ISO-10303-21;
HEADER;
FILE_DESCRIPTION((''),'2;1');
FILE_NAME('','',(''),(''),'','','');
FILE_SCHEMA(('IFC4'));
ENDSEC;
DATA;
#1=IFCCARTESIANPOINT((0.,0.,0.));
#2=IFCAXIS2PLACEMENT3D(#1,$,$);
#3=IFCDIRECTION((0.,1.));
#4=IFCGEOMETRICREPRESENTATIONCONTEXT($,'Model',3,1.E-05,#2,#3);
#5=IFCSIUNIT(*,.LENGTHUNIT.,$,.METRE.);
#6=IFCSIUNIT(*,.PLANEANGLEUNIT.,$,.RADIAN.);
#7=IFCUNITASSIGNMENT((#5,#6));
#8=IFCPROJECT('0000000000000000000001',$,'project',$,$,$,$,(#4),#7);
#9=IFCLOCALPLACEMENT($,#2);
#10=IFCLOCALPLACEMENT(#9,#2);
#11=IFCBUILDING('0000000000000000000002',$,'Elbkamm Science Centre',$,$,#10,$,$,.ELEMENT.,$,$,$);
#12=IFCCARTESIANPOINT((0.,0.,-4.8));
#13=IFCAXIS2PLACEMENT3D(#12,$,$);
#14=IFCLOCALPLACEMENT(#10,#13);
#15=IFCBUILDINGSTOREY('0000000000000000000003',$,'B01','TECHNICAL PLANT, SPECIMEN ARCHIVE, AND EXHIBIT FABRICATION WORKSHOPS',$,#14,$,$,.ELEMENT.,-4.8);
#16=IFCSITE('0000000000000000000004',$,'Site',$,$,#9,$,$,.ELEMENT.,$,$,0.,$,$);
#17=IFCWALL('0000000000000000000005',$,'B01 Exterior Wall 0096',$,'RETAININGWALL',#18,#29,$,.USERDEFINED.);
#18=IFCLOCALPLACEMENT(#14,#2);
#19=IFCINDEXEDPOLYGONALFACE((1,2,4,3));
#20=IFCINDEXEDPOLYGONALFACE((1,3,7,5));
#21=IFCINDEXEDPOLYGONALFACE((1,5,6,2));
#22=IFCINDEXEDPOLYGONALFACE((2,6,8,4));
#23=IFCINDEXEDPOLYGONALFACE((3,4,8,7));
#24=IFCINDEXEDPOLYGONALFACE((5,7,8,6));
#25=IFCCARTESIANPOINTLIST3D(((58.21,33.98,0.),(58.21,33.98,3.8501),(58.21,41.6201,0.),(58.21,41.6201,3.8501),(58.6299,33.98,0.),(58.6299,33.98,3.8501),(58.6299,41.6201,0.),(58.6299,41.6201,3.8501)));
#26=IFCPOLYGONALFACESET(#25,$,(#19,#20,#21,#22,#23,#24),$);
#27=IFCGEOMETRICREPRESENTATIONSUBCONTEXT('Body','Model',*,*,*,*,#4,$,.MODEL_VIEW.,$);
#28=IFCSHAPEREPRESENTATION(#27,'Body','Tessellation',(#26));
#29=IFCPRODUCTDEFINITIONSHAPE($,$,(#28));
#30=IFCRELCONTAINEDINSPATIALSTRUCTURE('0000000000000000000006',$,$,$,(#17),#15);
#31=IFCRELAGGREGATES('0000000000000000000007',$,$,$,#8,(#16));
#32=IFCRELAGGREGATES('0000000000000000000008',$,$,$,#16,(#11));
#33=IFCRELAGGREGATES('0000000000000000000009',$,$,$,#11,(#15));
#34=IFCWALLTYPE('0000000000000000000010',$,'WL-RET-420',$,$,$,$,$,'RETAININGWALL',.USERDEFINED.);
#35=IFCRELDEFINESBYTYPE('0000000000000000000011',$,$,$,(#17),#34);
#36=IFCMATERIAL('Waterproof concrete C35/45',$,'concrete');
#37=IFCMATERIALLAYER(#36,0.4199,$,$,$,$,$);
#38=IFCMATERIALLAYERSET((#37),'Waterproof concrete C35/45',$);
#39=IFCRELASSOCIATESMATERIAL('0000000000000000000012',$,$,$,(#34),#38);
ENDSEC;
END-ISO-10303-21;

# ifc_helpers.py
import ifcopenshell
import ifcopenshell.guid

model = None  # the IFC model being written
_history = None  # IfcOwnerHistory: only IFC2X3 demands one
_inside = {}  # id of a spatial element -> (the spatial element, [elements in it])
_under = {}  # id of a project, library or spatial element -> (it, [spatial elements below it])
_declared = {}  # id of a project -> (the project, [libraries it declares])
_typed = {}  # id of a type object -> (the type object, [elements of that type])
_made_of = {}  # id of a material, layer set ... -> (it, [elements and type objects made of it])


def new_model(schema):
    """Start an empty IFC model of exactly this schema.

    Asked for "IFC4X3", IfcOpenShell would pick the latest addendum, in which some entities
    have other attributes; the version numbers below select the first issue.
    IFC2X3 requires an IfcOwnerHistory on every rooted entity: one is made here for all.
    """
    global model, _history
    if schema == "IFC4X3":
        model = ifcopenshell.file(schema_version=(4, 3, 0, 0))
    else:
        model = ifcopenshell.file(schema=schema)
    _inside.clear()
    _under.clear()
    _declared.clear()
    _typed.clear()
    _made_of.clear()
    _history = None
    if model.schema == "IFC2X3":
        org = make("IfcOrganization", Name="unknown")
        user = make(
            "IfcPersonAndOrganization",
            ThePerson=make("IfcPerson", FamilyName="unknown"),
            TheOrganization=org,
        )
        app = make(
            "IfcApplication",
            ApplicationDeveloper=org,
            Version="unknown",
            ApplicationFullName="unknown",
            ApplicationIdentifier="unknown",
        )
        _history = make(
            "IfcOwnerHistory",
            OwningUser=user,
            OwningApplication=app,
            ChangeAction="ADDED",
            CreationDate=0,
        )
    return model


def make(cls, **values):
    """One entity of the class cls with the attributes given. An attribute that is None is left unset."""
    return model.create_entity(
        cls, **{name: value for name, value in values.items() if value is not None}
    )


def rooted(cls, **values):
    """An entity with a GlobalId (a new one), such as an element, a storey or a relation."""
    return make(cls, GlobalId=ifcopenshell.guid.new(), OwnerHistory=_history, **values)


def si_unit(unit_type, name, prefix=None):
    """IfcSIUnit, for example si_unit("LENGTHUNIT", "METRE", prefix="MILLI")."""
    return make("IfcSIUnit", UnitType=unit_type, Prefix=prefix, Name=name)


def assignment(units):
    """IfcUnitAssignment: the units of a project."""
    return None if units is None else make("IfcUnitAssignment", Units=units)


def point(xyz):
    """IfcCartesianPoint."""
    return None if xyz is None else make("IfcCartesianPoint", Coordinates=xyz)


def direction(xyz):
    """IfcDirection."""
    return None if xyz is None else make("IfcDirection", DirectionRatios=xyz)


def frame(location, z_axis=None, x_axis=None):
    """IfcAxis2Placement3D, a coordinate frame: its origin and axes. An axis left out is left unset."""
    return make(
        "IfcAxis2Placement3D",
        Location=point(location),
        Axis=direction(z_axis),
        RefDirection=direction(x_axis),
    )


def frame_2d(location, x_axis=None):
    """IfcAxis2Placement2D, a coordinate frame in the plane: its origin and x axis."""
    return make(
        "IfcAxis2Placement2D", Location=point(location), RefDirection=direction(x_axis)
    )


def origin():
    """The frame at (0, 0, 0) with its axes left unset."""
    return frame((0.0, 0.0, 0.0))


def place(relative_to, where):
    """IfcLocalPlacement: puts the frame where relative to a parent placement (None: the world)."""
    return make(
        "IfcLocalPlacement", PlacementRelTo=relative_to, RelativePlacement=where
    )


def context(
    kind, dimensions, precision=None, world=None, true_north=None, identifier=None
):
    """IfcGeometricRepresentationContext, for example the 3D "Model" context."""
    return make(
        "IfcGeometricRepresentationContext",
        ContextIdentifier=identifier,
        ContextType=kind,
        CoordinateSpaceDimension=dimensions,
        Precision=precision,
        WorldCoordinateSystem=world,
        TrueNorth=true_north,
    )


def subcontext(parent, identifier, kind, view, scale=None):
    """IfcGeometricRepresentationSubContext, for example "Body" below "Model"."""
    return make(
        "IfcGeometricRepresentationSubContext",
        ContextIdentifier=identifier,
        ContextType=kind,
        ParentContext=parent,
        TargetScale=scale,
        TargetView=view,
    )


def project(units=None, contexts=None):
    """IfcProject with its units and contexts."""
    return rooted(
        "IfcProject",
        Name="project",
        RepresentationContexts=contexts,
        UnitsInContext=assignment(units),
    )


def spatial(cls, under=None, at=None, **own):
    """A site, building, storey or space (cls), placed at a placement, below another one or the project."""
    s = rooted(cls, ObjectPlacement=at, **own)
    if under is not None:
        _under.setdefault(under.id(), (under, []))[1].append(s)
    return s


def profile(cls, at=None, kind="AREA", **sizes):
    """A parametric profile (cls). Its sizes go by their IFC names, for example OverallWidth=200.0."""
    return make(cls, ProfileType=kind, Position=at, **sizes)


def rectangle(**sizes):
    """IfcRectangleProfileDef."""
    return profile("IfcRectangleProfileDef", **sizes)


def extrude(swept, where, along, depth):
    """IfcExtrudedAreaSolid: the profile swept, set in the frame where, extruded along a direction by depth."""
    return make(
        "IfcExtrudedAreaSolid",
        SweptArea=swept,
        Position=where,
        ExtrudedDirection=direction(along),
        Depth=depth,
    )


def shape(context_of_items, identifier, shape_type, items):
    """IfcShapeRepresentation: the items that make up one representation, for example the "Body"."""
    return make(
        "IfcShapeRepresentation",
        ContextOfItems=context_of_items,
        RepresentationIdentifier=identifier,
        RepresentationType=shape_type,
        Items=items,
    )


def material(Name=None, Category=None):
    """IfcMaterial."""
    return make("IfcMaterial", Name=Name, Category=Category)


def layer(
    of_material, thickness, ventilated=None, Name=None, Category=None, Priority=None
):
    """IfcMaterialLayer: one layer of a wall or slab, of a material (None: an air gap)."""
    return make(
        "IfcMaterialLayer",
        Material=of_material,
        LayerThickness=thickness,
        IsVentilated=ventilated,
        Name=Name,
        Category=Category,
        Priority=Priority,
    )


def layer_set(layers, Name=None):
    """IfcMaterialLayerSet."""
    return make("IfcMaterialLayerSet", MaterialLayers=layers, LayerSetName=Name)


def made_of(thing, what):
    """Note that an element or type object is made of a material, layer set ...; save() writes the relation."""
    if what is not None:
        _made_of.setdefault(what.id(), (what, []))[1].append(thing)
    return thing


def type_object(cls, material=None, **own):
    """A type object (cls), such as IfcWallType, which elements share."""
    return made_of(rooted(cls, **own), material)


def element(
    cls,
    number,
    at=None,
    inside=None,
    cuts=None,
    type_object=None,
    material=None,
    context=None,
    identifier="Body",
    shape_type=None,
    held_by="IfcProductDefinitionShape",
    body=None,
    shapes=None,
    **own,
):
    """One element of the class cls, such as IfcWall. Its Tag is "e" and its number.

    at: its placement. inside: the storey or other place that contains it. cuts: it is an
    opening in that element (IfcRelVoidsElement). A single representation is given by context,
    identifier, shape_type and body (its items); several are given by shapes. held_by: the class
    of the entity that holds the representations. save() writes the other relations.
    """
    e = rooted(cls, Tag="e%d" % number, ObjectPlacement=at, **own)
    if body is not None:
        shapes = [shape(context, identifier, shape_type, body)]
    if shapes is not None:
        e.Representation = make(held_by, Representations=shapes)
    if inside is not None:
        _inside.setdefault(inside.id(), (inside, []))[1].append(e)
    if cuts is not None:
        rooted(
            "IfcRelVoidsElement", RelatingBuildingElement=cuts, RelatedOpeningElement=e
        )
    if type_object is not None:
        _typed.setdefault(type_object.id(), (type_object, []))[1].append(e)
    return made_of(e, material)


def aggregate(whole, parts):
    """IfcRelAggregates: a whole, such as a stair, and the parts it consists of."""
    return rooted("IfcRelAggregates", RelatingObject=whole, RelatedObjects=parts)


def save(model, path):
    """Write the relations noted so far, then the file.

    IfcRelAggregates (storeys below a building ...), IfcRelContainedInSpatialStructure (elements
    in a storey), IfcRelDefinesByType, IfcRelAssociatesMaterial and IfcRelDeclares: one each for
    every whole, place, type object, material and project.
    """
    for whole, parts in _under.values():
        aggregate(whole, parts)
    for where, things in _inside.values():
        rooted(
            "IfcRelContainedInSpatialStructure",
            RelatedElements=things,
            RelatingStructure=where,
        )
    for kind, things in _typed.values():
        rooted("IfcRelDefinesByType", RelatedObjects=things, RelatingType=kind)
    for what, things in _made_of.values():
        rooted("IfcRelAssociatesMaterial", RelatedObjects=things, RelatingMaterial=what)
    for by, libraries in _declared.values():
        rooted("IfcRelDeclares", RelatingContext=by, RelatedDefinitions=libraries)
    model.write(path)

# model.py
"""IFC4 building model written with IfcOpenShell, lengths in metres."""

from ifc_helpers import new_model, si_unit, direction, frame, frame_2d, origin, place, context, subcontext, project, spatial, rectangle, extrude, material, layer, layer_set, type_object, element, save


model = new_model("IFC4")

# Units and contexts
model_context = context("Model", 3, precision=1e-05, world=origin(), true_north=direction((0.0, 1.0)))
body_context = subcontext(model_context, "Body", "Model", "MODEL_VIEW")
ifc_project = project(units=[si_unit("LENGTHUNIT", "METRE"), si_unit("PLANEANGLEUNIT", "RADIAN")], contexts=[model_context])

# Site, building, storey
site_placement = place(None, origin())
site = spatial("IfcSite", under=ifc_project, at=site_placement, Name="Site", CompositionType="ELEMENT", RefElevation=0.0)
building_placement = place(site_placement, origin())
building = spatial("IfcBuilding", under=site, at=building_placement, Name="Elbkamm Science Centre", CompositionType="ELEMENT")
storey_placement = place(building_placement, frame((0.0, 0.0, -4.8)))
storey = spatial("IfcBuildingStorey", under=building, at=storey_placement, Name="B01", Description="TECHNICAL PLANT, SPECIMEN ARCHIVE, AND EXHIBIT FABRICATION WORKSHOPS", CompositionType="ELEMENT", Elevation=-4.8)

# Wall
ifc_material_1 = material(Name="Waterproof concrete C35/45", Category="concrete")
ifc_layer_1 = layer(ifc_material_1, 0.4199)
ifc_layer_set_1 = layer_set([ifc_layer_1], Name="Waterproof concrete C35/45")
wall_type_1 = type_object("IfcWallType", Name="WL-RET-420", ElementType="RETAININGWALL", PredefinedType="USERDEFINED", material=ifc_layer_set_1)
wall_1_placement = place(storey_placement, frame((58.4199, 41.6201, 0.0), z_axis=(0.0, 0.0, 1.0), x_axis=(0.0, -1.0, 0.0)))
element("IfcWall", 1, at=wall_1_placement, inside=storey, type_object=wall_type_1, Name="B01 Exterior Wall 0096", ObjectType="RETAININGWALL", PredefinedType="USERDEFINED", context=body_context, shape_type="SweptSolid", body=[
    extrude(rectangle(XDim=7.6401, YDim=0.4199, at=frame_2d((3.8201, 0.0))), origin(), (0.0, 0.0, 1.0), 3.8501),
])

save(model, "model.ifc")
